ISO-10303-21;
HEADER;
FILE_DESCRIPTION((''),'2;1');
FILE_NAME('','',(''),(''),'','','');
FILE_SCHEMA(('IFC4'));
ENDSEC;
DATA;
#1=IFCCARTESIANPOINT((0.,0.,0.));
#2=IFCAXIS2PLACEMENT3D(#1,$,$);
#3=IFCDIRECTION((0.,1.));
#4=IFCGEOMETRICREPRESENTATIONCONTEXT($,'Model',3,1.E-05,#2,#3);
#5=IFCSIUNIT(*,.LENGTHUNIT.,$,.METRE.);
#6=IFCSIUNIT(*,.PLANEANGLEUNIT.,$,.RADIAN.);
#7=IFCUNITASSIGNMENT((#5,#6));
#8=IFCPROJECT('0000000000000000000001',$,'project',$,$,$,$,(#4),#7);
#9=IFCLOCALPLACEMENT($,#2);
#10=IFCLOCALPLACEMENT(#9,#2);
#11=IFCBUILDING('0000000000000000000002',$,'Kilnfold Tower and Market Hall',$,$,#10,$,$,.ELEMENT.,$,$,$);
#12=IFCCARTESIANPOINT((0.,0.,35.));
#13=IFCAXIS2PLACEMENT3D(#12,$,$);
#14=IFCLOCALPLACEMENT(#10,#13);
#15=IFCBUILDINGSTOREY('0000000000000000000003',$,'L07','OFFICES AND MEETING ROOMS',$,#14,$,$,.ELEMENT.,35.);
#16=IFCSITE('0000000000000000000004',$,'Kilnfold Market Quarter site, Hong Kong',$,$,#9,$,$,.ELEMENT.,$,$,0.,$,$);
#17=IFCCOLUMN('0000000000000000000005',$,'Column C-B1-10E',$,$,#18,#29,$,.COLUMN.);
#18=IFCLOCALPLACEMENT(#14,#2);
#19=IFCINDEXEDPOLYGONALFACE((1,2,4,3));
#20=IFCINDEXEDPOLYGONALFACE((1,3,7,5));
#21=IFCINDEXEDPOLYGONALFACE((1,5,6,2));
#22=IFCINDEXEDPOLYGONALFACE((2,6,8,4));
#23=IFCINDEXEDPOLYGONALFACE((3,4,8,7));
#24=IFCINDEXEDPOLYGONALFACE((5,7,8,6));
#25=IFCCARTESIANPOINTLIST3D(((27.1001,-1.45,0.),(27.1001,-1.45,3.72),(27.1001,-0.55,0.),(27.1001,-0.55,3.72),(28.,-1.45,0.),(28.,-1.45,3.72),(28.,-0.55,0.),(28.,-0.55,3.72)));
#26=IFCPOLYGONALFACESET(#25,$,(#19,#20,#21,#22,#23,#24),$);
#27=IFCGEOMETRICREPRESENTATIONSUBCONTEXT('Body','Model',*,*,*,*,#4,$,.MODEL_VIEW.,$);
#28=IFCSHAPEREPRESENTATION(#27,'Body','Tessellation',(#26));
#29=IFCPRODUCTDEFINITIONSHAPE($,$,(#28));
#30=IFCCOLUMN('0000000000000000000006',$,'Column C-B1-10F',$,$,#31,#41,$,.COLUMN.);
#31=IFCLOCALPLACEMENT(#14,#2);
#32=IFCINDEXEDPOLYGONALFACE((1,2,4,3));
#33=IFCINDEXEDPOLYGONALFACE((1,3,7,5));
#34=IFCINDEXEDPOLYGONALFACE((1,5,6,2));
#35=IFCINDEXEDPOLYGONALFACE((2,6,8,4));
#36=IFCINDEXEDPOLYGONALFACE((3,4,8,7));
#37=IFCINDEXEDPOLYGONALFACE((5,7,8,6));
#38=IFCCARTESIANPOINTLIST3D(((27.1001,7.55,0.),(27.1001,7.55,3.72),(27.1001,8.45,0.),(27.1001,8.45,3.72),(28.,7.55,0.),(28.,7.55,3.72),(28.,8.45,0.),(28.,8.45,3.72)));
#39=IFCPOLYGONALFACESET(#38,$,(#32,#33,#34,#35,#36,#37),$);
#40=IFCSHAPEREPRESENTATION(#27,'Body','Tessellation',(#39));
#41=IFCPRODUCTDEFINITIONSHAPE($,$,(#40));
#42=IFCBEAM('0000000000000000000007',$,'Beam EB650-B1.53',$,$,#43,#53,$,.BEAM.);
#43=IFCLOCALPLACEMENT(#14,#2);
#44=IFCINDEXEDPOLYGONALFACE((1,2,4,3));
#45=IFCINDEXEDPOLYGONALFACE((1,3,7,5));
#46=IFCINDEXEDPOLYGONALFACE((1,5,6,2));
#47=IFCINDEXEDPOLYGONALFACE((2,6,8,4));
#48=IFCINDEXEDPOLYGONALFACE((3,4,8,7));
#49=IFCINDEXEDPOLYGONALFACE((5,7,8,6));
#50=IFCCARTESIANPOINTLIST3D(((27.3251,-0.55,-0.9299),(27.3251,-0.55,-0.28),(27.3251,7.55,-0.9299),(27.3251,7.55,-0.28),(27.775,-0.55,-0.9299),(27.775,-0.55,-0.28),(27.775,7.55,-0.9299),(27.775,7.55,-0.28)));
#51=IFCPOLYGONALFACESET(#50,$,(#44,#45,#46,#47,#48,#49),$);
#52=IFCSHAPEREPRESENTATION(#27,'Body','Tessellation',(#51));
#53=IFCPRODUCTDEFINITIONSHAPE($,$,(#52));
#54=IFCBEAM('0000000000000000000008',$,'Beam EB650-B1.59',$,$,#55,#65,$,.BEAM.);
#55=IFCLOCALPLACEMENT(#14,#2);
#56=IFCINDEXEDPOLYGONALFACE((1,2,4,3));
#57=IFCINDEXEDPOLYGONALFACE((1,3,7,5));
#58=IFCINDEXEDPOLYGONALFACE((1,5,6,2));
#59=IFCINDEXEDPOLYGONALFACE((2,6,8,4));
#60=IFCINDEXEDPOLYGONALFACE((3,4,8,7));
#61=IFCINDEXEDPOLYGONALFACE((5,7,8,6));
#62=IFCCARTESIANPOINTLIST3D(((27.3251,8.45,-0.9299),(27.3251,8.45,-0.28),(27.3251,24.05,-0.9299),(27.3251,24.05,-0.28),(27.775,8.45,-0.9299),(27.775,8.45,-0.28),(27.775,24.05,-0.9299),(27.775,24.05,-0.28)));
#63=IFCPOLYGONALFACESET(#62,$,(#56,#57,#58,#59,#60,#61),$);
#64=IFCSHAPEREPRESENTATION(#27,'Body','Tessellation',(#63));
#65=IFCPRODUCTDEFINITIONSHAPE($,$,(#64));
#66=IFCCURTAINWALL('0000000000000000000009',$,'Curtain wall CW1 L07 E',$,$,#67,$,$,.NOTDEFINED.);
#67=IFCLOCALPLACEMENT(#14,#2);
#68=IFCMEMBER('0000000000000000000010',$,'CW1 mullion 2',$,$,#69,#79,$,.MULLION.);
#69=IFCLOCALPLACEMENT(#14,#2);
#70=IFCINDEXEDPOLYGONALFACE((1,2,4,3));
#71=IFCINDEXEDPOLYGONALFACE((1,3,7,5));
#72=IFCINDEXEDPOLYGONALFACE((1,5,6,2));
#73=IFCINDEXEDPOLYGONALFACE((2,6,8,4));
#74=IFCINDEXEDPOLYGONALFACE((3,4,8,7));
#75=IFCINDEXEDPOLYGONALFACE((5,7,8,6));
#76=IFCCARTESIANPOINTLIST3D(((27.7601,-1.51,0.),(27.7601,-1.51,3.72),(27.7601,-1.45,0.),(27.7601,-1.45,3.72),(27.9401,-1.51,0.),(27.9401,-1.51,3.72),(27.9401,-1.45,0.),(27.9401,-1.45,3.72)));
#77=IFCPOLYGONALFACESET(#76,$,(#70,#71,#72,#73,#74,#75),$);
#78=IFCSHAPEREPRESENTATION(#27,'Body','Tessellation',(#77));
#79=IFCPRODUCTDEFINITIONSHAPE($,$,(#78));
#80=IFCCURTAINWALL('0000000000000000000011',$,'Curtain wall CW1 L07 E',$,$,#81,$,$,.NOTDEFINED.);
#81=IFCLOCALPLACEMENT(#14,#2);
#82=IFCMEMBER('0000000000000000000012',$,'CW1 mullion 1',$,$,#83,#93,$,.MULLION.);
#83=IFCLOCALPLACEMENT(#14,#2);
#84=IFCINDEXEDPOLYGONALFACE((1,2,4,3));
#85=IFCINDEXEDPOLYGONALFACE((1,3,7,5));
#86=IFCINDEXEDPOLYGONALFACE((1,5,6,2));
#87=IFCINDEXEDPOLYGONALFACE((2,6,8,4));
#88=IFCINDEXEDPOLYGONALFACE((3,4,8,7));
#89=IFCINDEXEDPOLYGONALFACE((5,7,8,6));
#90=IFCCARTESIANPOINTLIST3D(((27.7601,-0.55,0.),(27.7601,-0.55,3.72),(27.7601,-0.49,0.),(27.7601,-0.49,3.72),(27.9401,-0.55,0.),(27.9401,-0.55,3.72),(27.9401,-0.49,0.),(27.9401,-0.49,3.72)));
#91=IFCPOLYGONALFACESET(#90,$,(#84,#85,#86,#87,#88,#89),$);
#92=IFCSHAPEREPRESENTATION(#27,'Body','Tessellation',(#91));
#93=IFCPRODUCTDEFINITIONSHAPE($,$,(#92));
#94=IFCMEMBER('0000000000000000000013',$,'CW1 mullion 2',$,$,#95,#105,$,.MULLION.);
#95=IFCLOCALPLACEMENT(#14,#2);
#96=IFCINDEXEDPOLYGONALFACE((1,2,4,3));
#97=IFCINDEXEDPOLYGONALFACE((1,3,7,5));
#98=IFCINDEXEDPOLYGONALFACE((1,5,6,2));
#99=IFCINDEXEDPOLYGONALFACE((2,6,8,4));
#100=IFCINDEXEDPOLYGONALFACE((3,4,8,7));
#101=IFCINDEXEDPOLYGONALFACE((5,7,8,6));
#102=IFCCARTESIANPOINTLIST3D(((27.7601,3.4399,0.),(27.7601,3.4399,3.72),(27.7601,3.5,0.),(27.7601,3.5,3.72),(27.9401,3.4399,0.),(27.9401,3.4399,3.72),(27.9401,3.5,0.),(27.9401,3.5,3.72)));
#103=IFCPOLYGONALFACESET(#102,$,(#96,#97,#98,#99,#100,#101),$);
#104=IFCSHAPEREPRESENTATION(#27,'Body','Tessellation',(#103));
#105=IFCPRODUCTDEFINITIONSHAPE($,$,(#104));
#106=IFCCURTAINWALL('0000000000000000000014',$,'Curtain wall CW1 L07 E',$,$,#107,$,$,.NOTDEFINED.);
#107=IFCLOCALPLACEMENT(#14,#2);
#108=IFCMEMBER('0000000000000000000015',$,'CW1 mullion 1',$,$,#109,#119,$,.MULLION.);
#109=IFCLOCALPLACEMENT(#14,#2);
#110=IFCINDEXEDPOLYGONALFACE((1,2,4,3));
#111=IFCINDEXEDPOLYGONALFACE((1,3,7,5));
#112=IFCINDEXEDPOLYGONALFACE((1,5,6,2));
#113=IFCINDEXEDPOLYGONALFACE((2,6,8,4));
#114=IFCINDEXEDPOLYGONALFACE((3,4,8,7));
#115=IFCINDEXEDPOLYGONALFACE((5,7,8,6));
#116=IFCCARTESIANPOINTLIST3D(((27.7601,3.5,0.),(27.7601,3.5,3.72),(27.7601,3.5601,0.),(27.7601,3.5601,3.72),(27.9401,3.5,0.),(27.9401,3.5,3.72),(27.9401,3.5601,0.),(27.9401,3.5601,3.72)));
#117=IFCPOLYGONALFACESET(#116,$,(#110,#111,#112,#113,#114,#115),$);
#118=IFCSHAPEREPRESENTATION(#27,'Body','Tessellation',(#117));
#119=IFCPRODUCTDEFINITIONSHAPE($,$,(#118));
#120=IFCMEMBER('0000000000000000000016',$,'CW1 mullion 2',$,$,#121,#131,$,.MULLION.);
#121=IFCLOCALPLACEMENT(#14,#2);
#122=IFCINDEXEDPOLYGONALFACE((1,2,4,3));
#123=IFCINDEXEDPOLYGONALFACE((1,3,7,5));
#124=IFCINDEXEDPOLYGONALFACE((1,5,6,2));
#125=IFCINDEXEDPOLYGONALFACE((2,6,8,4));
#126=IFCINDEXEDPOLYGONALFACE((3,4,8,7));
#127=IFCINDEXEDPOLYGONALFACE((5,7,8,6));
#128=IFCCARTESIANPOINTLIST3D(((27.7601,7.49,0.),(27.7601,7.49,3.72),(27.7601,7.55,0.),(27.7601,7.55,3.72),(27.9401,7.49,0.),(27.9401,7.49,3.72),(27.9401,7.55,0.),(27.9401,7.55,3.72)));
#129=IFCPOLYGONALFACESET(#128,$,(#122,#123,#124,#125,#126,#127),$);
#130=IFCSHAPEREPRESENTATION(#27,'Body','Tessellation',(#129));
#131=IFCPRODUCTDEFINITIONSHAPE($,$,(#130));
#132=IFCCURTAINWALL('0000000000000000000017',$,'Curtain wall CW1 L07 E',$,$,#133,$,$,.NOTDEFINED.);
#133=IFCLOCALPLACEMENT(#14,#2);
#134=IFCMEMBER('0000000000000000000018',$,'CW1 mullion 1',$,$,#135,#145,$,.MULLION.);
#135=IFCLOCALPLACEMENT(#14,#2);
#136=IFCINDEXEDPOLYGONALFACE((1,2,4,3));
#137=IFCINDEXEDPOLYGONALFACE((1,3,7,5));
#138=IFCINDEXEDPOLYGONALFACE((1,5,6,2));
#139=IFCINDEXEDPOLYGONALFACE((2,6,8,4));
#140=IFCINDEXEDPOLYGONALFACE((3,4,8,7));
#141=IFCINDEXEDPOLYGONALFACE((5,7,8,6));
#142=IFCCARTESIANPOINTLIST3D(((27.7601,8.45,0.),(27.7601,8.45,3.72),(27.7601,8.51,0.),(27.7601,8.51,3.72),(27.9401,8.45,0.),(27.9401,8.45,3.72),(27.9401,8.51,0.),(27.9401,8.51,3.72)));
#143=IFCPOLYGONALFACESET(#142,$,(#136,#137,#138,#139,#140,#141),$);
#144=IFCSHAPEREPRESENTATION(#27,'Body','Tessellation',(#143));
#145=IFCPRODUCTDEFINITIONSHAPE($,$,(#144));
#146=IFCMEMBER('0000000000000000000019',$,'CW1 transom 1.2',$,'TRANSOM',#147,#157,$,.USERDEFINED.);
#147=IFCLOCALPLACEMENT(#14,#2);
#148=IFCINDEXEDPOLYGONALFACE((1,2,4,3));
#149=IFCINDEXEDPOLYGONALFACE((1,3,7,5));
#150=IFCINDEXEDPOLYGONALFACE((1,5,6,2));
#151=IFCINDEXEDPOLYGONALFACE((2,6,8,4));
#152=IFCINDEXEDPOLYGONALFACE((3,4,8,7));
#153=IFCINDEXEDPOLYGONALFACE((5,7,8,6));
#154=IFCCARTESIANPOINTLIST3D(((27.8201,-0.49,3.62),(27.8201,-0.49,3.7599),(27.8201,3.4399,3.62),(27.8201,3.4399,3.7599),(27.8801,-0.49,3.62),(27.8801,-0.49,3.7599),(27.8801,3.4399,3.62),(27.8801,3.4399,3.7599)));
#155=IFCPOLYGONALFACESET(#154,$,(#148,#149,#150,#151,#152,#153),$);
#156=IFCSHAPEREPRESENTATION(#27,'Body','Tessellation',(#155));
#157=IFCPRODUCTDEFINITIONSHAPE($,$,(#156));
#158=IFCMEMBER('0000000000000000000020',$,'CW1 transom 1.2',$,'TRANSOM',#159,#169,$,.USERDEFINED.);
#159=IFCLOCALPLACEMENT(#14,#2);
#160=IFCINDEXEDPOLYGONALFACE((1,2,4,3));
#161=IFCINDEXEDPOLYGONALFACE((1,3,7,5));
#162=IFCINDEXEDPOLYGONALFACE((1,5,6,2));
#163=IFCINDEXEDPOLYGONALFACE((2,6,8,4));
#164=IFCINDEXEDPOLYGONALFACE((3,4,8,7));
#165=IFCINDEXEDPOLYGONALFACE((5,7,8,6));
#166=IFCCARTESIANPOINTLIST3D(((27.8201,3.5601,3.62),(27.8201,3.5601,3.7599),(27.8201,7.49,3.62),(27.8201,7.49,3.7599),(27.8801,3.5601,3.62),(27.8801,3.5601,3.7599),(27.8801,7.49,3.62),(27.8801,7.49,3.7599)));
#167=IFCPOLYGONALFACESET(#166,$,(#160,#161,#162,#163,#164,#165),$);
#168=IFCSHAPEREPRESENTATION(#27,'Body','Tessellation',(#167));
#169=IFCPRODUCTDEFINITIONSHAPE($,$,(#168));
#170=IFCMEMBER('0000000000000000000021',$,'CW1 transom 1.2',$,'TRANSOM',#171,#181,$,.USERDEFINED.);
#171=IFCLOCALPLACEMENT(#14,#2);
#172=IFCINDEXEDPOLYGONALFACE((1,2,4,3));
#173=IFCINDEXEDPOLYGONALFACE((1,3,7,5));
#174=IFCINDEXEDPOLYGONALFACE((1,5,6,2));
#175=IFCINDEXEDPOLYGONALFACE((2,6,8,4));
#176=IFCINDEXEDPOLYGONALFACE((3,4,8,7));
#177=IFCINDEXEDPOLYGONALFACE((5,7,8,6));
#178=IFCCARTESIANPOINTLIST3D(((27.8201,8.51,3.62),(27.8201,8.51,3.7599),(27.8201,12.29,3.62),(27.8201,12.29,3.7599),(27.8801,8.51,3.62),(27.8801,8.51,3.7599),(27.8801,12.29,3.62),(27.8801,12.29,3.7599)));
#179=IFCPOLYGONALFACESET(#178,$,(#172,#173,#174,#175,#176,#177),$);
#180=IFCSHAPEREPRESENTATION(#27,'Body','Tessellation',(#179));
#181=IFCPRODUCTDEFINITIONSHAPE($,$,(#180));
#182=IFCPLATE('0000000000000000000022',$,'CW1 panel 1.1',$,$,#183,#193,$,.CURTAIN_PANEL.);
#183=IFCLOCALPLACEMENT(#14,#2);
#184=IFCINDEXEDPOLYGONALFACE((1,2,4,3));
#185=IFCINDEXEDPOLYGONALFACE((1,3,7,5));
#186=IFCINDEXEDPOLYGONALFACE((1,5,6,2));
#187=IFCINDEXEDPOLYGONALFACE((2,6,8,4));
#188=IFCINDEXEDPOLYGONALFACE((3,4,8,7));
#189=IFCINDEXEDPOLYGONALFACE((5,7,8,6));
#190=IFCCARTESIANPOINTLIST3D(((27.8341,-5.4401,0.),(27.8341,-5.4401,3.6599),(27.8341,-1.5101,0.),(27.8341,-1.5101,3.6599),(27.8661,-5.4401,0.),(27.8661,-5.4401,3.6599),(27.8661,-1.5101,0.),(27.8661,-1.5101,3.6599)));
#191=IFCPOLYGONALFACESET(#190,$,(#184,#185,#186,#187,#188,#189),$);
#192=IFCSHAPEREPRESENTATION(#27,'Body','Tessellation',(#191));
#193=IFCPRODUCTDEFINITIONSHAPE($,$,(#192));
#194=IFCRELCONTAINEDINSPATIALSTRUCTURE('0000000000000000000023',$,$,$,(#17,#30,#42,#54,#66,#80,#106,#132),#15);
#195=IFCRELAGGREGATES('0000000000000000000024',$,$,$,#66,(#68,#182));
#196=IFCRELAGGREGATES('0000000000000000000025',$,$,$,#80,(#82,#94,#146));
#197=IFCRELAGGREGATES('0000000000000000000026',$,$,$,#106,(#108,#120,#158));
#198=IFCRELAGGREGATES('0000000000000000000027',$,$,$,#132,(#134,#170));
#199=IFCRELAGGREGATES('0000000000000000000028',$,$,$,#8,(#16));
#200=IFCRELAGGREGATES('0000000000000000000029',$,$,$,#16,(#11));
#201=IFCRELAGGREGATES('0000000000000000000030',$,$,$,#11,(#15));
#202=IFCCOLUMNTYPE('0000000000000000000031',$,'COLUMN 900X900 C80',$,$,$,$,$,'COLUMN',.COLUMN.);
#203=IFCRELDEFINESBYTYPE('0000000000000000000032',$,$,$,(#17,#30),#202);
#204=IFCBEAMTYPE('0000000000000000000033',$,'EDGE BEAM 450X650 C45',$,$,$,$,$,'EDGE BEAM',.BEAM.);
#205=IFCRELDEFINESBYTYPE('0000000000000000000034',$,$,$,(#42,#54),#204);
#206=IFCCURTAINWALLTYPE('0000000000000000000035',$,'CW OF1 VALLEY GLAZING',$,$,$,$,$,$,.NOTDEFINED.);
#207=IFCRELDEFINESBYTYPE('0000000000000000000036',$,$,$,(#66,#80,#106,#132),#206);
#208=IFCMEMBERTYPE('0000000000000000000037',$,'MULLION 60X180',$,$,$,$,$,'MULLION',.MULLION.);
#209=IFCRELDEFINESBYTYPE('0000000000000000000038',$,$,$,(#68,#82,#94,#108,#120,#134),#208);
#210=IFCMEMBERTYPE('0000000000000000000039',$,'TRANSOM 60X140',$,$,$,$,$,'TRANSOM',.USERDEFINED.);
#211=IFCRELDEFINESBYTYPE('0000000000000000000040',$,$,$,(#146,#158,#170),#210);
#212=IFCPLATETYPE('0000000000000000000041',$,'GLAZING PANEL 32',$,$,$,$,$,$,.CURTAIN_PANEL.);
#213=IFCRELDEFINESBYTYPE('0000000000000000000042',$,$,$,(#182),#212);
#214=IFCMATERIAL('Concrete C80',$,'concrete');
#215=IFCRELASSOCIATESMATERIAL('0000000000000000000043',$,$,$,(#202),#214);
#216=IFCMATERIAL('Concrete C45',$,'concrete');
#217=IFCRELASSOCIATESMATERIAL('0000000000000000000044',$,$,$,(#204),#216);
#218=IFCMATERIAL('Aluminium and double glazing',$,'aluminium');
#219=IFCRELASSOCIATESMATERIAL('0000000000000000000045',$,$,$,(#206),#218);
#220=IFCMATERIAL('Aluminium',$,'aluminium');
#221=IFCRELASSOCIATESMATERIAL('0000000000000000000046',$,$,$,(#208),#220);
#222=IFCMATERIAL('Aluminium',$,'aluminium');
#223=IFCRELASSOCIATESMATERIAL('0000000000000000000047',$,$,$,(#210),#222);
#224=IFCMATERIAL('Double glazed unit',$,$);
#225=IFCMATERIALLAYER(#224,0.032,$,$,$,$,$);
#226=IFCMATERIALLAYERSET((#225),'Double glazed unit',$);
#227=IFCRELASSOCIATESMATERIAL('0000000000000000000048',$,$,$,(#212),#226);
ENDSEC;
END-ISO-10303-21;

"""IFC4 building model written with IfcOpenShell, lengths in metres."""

from ifc_helpers import new_model, si_unit, direction, frame, origin, origin_2d, place, context, subcontext, project, spatial, rectangle, extrude, source, transform, mapped, material, layer, layer_set, material_profile, profile_set, type_object, element, aggregate, save


model = new_model("IFC4")

# Units and contexts
model_context = context("Model", 3, precision=1e-05, world=origin(), true_north=direction((0.0, 1.0)))
body_context = subcontext(model_context, "Body", "Model", "MODEL_VIEW")
ifc_project = project(units=[si_unit("LENGTHUNIT", "METRE"), si_unit("PLANEANGLEUNIT", "RADIAN")], contexts=[model_context])

# Site, building, storey
site_placement = place(None, origin())
site = spatial("IfcSite", under=ifc_project, at=site_placement, Name="Kilnfold Market Quarter site, Hong Kong", CompositionType="ELEMENT", RefElevation=0.0)
building_placement = place(site_placement, origin())
building = spatial("IfcBuilding", under=site, at=building_placement, Name="Kilnfold Tower and Market Hall", CompositionType="ELEMENT")
storey_placement = place(building_placement, frame((0.0, 0.0, 35.0)))
storey = spatial("IfcBuildingStorey", under=building, at=storey_placement, Name="L07", Description="OFFICES AND MEETING ROOMS", CompositionType="ELEMENT", Elevation=35.0)

# Columns
ifc_material_1 = material(Name="Concrete C80", Category="concrete")
ifc_material_profile_1 = material_profile(ifc_material_1, rectangle(XDim=0.8999, YDim=0.8999, at=origin_2d()), Name="RC 900x900")
ifc_profile_set_1 = profile_set([ifc_material_profile_1], Name="Concrete C80")
column_type = type_object("IfcColumnType", Name="COLUMN 900X900 C80", ElementType="COLUMN", PredefinedType="COLUMN", material=ifc_profile_set_1)
shared_shape_1 = source(origin(), body_context, "Body", "SweptSolid", [
    extrude(rectangle(XDim=0.8999, YDim=0.8999, at=origin_2d()), origin(), (0.0, 0.0, 1.0), 3.72),
])
for number, where, z_axis, x_axis, name in (
    (1, (27.55, -1.0, 0.0), (0.0, 0.0, 1.0), (1.0, 0.0, 0.0), "Column C-B1-10E"),
    (2, (27.55, 8.0, 0.0), (0.0, 0.0, 1.0), (1.0, 0.0, 0.0), "Column C-B1-10F"),
):
    element("IfcColumn", number, at=place(storey_placement, frame(where, z_axis=z_axis, x_axis=x_axis)), inside=storey, type_object=column_type, Name=name, PredefinedType="COLUMN", context=body_context, shape_type="MappedRepresentation", body=[
        mapped(shared_shape_1, transform((0.0, 0.0, 0.0))),
    ])

# Beams
ifc_material_2 = material(Name="Concrete C45", Category="concrete")
ifc_material_profile_2 = material_profile(ifc_material_2, rectangle(XDim=0.45, YDim=0.6499, at=origin_2d()), Name="RC 450x650")
ifc_profile_set_2 = profile_set([ifc_material_profile_2], Name="Concrete C45")
beam_type = type_object("IfcBeamType", Name="EDGE BEAM 450X650 C45", ElementType="EDGE BEAM", PredefinedType="BEAM", material=ifc_profile_set_2)
shared_shape_2 = source(origin(), body_context, "Body", "SweptSolid", [
    extrude(rectangle(XDim=0.45, YDim=0.6499, at=origin_2d()), origin(), (0.0, 0.0, 1.0), 8.1001),
])
beam_1_placement = place(storey_placement, frame((27.55, -0.55, -0.605), z_axis=(0.0, 1.0, 0.0), x_axis=(-1.0, 0.0, 0.0)))
element("IfcBeam", 3, at=beam_1_placement, inside=storey, type_object=beam_type, Name="Beam EB650-B1.53", PredefinedType="BEAM", context=body_context, shape_type="MappedRepresentation", body=[
    mapped(shared_shape_2, transform((0.0, 0.0, 0.0))),
])
shared_shape_3 = source(origin(), body_context, "Body", "SweptSolid", [
    extrude(rectangle(XDim=0.45, YDim=0.6499, at=origin_2d()), origin(), (0.0, 0.0, 1.0), 15.6001),
])
beam_2_placement = place(storey_placement, frame((27.55, 8.45, -0.605), z_axis=(0.0, 1.0, 0.0), x_axis=(-1.0, 0.0, 0.0)))
element("IfcBeam", 4, at=beam_2_placement, inside=storey, type_object=beam_type, Name="Beam EB650-B1.59", PredefinedType="BEAM", context=body_context, shape_type="MappedRepresentation", body=[
    mapped(shared_shape_3, transform((0.0, 0.0, 0.0))),
])

# Curtain wall, member
ifc_material_3 = material(Name="Aluminium and double glazing", Category="aluminium")
curtain_wall_type = type_object("IfcCurtainWallType", Name="CW OF1 VALLEY GLAZING", PredefinedType="NOTDEFINED", material=ifc_material_3)
curtain_wall_1_placement = place(storey_placement, origin())
curtain_wall_1 = element("IfcCurtainWall", 5, at=curtain_wall_1_placement, inside=storey, type_object=curtain_wall_type, Name="Curtain wall CW1 L07 E", PredefinedType="NOTDEFINED")
ifc_material_4 = material(Name="Aluminium", Category="aluminium")
ifc_material_profile_3 = material_profile(ifc_material_4, rectangle(XDim=0.0601, YDim=0.1799, at=origin_2d()), Name="MULLION 60x180")
ifc_profile_set_3 = profile_set([ifc_material_profile_3], Name="Aluminium")
member_type_1 = type_object("IfcMemberType", Name="MULLION 60X180", ElementType="MULLION", PredefinedType="MULLION", material=ifc_profile_set_3)
shared_shape_4 = source(origin(), body_context, "Body", "SweptSolid", [
    extrude(rectangle(XDim=0.0601, YDim=0.1799, at=origin_2d()), origin(), (0.0, 0.0, 1.0), 3.72),
])
member_1_placement = place(storey_placement, frame((27.8501, -1.48, 0.0), z_axis=(0.0, 0.0, 1.0), x_axis=(0.0, 1.0, 0.0)))
member_1 = element("IfcMember", 6, at=member_1_placement, type_object=member_type_1, Name="CW1 mullion 2", PredefinedType="MULLION", context=body_context, shape_type="MappedRepresentation", body=[
    mapped(shared_shape_4, transform((0.0, 0.0, 0.0))),
])

# Curtain walls, members
curtain_wall_2_placement = place(storey_placement, origin())
curtain_wall_2 = element("IfcCurtainWall", 7, at=curtain_wall_2_placement, inside=storey, type_object=curtain_wall_type, Name="Curtain wall CW1 L07 E", PredefinedType="NOTDEFINED")
member_2_placement = place(storey_placement, frame((27.8501, -0.52, 0.0), z_axis=(0.0, 0.0, 1.0), x_axis=(0.0, 1.0, 0.0)))
member_2 = element("IfcMember", 8, at=member_2_placement, type_object=member_type_1, Name="CW1 mullion 1", PredefinedType="MULLION", context=body_context, shape_type="MappedRepresentation", body=[
    mapped(shared_shape_4, transform((0.0, 0.0, 0.0))),
])
member_3_placement = place(storey_placement, frame((27.8501, 3.47, 0.0), z_axis=(0.0, 0.0, 1.0), x_axis=(0.0, 1.0, 0.0)))
member_3 = element("IfcMember", 9, at=member_3_placement, type_object=member_type_1, Name="CW1 mullion 2", PredefinedType="MULLION", context=body_context, shape_type="MappedRepresentation", body=[
    mapped(shared_shape_4, transform((0.0, 0.0, 0.0))),
])
curtain_wall_3_placement = place(storey_placement, origin())
curtain_wall_3 = element("IfcCurtainWall", 10, at=curtain_wall_3_placement, inside=storey, type_object=curtain_wall_type, Name="Curtain wall CW1 L07 E", PredefinedType="NOTDEFINED")
member_4_placement = place(storey_placement, frame((27.8501, 3.53, 0.0), z_axis=(0.0, 0.0, 1.0), x_axis=(0.0, 1.0, 0.0)))
member_4 = element("IfcMember", 11, at=member_4_placement, type_object=member_type_1, Name="CW1 mullion 1", PredefinedType="MULLION", context=body_context, shape_type="MappedRepresentation", body=[
    mapped(shared_shape_4, transform((0.0, 0.0, 0.0))),
])
member_5_placement = place(storey_placement, frame((27.8501, 7.52, 0.0), z_axis=(0.0, 0.0, 1.0), x_axis=(0.0, 1.0, 0.0)))
member_5 = element("IfcMember", 12, at=member_5_placement, type_object=member_type_1, Name="CW1 mullion 2", PredefinedType="MULLION", context=body_context, shape_type="MappedRepresentation", body=[
    mapped(shared_shape_4, transform((0.0, 0.0, 0.0))),
])

# Curtain wall, member
curtain_wall_4_placement = place(storey_placement, origin())
curtain_wall_4 = element("IfcCurtainWall", 13, at=curtain_wall_4_placement, inside=storey, type_object=curtain_wall_type, Name="Curtain wall CW1 L07 E", PredefinedType="NOTDEFINED")
member_6_placement = place(storey_placement, frame((27.8501, 8.48, 0.0), z_axis=(0.0, 0.0, 1.0), x_axis=(0.0, 1.0, 0.0)))
member_6 = element("IfcMember", 14, at=member_6_placement, type_object=member_type_1, Name="CW1 mullion 1", PredefinedType="MULLION", context=body_context, shape_type="MappedRepresentation", body=[
    mapped(shared_shape_4, transform((0.0, 0.0, 0.0))),
])

# Members
ifc_material_5 = material(Name="Aluminium", Category="aluminium")
ifc_material_profile_4 = material_profile(ifc_material_5, rectangle(XDim=0.0601, YDim=0.1399, at=origin_2d()), Name="TRANSOM 60x140")
ifc_profile_set_4 = profile_set([ifc_material_profile_4], Name="Aluminium")
member_type_2 = type_object("IfcMemberType", Name="TRANSOM 60X140", ElementType="TRANSOM", PredefinedType="USERDEFINED", material=ifc_profile_set_4)
shared_shape_5 = source(origin(), body_context, "Body", "SweptSolid", [
    extrude(rectangle(XDim=0.0601, YDim=0.1399, at=origin_2d()), origin(), (0.0, 0.0, 1.0), 3.9299),
])
member_7_placement = place(storey_placement, frame((27.8501, -0.49, 3.6899), z_axis=(0.0, 1.0, 0.0), x_axis=(-1.0, 0.0, 0.0)))
member_7 = element("IfcMember", 15, at=member_7_placement, type_object=member_type_2, Name="CW1 transom 1.2", ObjectType="TRANSOM", PredefinedType="USERDEFINED", context=body_context, shape_type="MappedRepresentation", body=[
    mapped(shared_shape_5, transform((0.0, 0.0, 0.0))),
])
member_8_placement = place(storey_placement, frame((27.8501, 3.5601, 3.6899), z_axis=(0.0, 1.0, 0.0), x_axis=(-1.0, 0.0, 0.0)))
member_8 = element("IfcMember", 16, at=member_8_placement, type_object=member_type_2, Name="CW1 transom 1.2", ObjectType="TRANSOM", PredefinedType="USERDEFINED", context=body_context, shape_type="MappedRepresentation", body=[
    mapped(shared_shape_5, transform((0.0, 0.0, 0.0))),
])
shared_shape_6 = source(origin(), body_context, "Body", "SweptSolid", [
    extrude(rectangle(XDim=0.0601, YDim=0.1399, at=origin_2d()), origin(), (0.0, 0.0, 1.0), 3.78),
])
member_9_placement = place(storey_placement, frame((27.8501, 8.51, 3.6899), z_axis=(0.0, 1.0, 0.0), x_axis=(-1.0, 0.0, 0.0)))
member_9 = element("IfcMember", 17, at=member_9_placement, type_object=member_type_2, Name="CW1 transom 1.2", ObjectType="TRANSOM", PredefinedType="USERDEFINED", context=body_context, shape_type="MappedRepresentation", body=[
    mapped(shared_shape_6, transform((0.0, 0.0, 0.0))),
])

# Plate
ifc_material_6 = material(Name="Double glazed unit")
ifc_layer_1 = layer(ifc_material_6, 0.032)
ifc_layer_set_1 = layer_set([ifc_layer_1], Name="Double glazed unit")
plate_type = type_object("IfcPlateType", Name="GLAZING PANEL 32", PredefinedType="CURTAIN_PANEL", material=ifc_layer_set_1)
shared_shape_7 = source(origin(), body_context, "Body", "SweptSolid", [
    extrude(rectangle(XDim=3.9299, YDim=0.032, at=origin_2d()), origin(), (0.0, 0.0, 1.0), 3.6599),
])
plate_1_placement = place(storey_placement, frame((27.8501, -3.4751, 0.0), z_axis=(0.0, 0.0, 1.0), x_axis=(0.0, 1.0, 0.0)))
plate_1 = element("IfcPlate", 18, at=plate_1_placement, type_object=plate_type, Name="CW1 panel 1.1", PredefinedType="CURTAIN_PANEL", context=body_context, shape_type="MappedRepresentation", body=[
    mapped(shared_shape_7, transform((0.0, 0.0, 0.0))),
])
aggregate(curtain_wall_1, [member_1, plate_1])
aggregate(curtain_wall_2, [member_2, member_3, member_7])
aggregate(curtain_wall_3, [member_4, member_5, member_8])
aggregate(curtain_wall_4, [member_6, member_9])

save(model, "model.ifc")
